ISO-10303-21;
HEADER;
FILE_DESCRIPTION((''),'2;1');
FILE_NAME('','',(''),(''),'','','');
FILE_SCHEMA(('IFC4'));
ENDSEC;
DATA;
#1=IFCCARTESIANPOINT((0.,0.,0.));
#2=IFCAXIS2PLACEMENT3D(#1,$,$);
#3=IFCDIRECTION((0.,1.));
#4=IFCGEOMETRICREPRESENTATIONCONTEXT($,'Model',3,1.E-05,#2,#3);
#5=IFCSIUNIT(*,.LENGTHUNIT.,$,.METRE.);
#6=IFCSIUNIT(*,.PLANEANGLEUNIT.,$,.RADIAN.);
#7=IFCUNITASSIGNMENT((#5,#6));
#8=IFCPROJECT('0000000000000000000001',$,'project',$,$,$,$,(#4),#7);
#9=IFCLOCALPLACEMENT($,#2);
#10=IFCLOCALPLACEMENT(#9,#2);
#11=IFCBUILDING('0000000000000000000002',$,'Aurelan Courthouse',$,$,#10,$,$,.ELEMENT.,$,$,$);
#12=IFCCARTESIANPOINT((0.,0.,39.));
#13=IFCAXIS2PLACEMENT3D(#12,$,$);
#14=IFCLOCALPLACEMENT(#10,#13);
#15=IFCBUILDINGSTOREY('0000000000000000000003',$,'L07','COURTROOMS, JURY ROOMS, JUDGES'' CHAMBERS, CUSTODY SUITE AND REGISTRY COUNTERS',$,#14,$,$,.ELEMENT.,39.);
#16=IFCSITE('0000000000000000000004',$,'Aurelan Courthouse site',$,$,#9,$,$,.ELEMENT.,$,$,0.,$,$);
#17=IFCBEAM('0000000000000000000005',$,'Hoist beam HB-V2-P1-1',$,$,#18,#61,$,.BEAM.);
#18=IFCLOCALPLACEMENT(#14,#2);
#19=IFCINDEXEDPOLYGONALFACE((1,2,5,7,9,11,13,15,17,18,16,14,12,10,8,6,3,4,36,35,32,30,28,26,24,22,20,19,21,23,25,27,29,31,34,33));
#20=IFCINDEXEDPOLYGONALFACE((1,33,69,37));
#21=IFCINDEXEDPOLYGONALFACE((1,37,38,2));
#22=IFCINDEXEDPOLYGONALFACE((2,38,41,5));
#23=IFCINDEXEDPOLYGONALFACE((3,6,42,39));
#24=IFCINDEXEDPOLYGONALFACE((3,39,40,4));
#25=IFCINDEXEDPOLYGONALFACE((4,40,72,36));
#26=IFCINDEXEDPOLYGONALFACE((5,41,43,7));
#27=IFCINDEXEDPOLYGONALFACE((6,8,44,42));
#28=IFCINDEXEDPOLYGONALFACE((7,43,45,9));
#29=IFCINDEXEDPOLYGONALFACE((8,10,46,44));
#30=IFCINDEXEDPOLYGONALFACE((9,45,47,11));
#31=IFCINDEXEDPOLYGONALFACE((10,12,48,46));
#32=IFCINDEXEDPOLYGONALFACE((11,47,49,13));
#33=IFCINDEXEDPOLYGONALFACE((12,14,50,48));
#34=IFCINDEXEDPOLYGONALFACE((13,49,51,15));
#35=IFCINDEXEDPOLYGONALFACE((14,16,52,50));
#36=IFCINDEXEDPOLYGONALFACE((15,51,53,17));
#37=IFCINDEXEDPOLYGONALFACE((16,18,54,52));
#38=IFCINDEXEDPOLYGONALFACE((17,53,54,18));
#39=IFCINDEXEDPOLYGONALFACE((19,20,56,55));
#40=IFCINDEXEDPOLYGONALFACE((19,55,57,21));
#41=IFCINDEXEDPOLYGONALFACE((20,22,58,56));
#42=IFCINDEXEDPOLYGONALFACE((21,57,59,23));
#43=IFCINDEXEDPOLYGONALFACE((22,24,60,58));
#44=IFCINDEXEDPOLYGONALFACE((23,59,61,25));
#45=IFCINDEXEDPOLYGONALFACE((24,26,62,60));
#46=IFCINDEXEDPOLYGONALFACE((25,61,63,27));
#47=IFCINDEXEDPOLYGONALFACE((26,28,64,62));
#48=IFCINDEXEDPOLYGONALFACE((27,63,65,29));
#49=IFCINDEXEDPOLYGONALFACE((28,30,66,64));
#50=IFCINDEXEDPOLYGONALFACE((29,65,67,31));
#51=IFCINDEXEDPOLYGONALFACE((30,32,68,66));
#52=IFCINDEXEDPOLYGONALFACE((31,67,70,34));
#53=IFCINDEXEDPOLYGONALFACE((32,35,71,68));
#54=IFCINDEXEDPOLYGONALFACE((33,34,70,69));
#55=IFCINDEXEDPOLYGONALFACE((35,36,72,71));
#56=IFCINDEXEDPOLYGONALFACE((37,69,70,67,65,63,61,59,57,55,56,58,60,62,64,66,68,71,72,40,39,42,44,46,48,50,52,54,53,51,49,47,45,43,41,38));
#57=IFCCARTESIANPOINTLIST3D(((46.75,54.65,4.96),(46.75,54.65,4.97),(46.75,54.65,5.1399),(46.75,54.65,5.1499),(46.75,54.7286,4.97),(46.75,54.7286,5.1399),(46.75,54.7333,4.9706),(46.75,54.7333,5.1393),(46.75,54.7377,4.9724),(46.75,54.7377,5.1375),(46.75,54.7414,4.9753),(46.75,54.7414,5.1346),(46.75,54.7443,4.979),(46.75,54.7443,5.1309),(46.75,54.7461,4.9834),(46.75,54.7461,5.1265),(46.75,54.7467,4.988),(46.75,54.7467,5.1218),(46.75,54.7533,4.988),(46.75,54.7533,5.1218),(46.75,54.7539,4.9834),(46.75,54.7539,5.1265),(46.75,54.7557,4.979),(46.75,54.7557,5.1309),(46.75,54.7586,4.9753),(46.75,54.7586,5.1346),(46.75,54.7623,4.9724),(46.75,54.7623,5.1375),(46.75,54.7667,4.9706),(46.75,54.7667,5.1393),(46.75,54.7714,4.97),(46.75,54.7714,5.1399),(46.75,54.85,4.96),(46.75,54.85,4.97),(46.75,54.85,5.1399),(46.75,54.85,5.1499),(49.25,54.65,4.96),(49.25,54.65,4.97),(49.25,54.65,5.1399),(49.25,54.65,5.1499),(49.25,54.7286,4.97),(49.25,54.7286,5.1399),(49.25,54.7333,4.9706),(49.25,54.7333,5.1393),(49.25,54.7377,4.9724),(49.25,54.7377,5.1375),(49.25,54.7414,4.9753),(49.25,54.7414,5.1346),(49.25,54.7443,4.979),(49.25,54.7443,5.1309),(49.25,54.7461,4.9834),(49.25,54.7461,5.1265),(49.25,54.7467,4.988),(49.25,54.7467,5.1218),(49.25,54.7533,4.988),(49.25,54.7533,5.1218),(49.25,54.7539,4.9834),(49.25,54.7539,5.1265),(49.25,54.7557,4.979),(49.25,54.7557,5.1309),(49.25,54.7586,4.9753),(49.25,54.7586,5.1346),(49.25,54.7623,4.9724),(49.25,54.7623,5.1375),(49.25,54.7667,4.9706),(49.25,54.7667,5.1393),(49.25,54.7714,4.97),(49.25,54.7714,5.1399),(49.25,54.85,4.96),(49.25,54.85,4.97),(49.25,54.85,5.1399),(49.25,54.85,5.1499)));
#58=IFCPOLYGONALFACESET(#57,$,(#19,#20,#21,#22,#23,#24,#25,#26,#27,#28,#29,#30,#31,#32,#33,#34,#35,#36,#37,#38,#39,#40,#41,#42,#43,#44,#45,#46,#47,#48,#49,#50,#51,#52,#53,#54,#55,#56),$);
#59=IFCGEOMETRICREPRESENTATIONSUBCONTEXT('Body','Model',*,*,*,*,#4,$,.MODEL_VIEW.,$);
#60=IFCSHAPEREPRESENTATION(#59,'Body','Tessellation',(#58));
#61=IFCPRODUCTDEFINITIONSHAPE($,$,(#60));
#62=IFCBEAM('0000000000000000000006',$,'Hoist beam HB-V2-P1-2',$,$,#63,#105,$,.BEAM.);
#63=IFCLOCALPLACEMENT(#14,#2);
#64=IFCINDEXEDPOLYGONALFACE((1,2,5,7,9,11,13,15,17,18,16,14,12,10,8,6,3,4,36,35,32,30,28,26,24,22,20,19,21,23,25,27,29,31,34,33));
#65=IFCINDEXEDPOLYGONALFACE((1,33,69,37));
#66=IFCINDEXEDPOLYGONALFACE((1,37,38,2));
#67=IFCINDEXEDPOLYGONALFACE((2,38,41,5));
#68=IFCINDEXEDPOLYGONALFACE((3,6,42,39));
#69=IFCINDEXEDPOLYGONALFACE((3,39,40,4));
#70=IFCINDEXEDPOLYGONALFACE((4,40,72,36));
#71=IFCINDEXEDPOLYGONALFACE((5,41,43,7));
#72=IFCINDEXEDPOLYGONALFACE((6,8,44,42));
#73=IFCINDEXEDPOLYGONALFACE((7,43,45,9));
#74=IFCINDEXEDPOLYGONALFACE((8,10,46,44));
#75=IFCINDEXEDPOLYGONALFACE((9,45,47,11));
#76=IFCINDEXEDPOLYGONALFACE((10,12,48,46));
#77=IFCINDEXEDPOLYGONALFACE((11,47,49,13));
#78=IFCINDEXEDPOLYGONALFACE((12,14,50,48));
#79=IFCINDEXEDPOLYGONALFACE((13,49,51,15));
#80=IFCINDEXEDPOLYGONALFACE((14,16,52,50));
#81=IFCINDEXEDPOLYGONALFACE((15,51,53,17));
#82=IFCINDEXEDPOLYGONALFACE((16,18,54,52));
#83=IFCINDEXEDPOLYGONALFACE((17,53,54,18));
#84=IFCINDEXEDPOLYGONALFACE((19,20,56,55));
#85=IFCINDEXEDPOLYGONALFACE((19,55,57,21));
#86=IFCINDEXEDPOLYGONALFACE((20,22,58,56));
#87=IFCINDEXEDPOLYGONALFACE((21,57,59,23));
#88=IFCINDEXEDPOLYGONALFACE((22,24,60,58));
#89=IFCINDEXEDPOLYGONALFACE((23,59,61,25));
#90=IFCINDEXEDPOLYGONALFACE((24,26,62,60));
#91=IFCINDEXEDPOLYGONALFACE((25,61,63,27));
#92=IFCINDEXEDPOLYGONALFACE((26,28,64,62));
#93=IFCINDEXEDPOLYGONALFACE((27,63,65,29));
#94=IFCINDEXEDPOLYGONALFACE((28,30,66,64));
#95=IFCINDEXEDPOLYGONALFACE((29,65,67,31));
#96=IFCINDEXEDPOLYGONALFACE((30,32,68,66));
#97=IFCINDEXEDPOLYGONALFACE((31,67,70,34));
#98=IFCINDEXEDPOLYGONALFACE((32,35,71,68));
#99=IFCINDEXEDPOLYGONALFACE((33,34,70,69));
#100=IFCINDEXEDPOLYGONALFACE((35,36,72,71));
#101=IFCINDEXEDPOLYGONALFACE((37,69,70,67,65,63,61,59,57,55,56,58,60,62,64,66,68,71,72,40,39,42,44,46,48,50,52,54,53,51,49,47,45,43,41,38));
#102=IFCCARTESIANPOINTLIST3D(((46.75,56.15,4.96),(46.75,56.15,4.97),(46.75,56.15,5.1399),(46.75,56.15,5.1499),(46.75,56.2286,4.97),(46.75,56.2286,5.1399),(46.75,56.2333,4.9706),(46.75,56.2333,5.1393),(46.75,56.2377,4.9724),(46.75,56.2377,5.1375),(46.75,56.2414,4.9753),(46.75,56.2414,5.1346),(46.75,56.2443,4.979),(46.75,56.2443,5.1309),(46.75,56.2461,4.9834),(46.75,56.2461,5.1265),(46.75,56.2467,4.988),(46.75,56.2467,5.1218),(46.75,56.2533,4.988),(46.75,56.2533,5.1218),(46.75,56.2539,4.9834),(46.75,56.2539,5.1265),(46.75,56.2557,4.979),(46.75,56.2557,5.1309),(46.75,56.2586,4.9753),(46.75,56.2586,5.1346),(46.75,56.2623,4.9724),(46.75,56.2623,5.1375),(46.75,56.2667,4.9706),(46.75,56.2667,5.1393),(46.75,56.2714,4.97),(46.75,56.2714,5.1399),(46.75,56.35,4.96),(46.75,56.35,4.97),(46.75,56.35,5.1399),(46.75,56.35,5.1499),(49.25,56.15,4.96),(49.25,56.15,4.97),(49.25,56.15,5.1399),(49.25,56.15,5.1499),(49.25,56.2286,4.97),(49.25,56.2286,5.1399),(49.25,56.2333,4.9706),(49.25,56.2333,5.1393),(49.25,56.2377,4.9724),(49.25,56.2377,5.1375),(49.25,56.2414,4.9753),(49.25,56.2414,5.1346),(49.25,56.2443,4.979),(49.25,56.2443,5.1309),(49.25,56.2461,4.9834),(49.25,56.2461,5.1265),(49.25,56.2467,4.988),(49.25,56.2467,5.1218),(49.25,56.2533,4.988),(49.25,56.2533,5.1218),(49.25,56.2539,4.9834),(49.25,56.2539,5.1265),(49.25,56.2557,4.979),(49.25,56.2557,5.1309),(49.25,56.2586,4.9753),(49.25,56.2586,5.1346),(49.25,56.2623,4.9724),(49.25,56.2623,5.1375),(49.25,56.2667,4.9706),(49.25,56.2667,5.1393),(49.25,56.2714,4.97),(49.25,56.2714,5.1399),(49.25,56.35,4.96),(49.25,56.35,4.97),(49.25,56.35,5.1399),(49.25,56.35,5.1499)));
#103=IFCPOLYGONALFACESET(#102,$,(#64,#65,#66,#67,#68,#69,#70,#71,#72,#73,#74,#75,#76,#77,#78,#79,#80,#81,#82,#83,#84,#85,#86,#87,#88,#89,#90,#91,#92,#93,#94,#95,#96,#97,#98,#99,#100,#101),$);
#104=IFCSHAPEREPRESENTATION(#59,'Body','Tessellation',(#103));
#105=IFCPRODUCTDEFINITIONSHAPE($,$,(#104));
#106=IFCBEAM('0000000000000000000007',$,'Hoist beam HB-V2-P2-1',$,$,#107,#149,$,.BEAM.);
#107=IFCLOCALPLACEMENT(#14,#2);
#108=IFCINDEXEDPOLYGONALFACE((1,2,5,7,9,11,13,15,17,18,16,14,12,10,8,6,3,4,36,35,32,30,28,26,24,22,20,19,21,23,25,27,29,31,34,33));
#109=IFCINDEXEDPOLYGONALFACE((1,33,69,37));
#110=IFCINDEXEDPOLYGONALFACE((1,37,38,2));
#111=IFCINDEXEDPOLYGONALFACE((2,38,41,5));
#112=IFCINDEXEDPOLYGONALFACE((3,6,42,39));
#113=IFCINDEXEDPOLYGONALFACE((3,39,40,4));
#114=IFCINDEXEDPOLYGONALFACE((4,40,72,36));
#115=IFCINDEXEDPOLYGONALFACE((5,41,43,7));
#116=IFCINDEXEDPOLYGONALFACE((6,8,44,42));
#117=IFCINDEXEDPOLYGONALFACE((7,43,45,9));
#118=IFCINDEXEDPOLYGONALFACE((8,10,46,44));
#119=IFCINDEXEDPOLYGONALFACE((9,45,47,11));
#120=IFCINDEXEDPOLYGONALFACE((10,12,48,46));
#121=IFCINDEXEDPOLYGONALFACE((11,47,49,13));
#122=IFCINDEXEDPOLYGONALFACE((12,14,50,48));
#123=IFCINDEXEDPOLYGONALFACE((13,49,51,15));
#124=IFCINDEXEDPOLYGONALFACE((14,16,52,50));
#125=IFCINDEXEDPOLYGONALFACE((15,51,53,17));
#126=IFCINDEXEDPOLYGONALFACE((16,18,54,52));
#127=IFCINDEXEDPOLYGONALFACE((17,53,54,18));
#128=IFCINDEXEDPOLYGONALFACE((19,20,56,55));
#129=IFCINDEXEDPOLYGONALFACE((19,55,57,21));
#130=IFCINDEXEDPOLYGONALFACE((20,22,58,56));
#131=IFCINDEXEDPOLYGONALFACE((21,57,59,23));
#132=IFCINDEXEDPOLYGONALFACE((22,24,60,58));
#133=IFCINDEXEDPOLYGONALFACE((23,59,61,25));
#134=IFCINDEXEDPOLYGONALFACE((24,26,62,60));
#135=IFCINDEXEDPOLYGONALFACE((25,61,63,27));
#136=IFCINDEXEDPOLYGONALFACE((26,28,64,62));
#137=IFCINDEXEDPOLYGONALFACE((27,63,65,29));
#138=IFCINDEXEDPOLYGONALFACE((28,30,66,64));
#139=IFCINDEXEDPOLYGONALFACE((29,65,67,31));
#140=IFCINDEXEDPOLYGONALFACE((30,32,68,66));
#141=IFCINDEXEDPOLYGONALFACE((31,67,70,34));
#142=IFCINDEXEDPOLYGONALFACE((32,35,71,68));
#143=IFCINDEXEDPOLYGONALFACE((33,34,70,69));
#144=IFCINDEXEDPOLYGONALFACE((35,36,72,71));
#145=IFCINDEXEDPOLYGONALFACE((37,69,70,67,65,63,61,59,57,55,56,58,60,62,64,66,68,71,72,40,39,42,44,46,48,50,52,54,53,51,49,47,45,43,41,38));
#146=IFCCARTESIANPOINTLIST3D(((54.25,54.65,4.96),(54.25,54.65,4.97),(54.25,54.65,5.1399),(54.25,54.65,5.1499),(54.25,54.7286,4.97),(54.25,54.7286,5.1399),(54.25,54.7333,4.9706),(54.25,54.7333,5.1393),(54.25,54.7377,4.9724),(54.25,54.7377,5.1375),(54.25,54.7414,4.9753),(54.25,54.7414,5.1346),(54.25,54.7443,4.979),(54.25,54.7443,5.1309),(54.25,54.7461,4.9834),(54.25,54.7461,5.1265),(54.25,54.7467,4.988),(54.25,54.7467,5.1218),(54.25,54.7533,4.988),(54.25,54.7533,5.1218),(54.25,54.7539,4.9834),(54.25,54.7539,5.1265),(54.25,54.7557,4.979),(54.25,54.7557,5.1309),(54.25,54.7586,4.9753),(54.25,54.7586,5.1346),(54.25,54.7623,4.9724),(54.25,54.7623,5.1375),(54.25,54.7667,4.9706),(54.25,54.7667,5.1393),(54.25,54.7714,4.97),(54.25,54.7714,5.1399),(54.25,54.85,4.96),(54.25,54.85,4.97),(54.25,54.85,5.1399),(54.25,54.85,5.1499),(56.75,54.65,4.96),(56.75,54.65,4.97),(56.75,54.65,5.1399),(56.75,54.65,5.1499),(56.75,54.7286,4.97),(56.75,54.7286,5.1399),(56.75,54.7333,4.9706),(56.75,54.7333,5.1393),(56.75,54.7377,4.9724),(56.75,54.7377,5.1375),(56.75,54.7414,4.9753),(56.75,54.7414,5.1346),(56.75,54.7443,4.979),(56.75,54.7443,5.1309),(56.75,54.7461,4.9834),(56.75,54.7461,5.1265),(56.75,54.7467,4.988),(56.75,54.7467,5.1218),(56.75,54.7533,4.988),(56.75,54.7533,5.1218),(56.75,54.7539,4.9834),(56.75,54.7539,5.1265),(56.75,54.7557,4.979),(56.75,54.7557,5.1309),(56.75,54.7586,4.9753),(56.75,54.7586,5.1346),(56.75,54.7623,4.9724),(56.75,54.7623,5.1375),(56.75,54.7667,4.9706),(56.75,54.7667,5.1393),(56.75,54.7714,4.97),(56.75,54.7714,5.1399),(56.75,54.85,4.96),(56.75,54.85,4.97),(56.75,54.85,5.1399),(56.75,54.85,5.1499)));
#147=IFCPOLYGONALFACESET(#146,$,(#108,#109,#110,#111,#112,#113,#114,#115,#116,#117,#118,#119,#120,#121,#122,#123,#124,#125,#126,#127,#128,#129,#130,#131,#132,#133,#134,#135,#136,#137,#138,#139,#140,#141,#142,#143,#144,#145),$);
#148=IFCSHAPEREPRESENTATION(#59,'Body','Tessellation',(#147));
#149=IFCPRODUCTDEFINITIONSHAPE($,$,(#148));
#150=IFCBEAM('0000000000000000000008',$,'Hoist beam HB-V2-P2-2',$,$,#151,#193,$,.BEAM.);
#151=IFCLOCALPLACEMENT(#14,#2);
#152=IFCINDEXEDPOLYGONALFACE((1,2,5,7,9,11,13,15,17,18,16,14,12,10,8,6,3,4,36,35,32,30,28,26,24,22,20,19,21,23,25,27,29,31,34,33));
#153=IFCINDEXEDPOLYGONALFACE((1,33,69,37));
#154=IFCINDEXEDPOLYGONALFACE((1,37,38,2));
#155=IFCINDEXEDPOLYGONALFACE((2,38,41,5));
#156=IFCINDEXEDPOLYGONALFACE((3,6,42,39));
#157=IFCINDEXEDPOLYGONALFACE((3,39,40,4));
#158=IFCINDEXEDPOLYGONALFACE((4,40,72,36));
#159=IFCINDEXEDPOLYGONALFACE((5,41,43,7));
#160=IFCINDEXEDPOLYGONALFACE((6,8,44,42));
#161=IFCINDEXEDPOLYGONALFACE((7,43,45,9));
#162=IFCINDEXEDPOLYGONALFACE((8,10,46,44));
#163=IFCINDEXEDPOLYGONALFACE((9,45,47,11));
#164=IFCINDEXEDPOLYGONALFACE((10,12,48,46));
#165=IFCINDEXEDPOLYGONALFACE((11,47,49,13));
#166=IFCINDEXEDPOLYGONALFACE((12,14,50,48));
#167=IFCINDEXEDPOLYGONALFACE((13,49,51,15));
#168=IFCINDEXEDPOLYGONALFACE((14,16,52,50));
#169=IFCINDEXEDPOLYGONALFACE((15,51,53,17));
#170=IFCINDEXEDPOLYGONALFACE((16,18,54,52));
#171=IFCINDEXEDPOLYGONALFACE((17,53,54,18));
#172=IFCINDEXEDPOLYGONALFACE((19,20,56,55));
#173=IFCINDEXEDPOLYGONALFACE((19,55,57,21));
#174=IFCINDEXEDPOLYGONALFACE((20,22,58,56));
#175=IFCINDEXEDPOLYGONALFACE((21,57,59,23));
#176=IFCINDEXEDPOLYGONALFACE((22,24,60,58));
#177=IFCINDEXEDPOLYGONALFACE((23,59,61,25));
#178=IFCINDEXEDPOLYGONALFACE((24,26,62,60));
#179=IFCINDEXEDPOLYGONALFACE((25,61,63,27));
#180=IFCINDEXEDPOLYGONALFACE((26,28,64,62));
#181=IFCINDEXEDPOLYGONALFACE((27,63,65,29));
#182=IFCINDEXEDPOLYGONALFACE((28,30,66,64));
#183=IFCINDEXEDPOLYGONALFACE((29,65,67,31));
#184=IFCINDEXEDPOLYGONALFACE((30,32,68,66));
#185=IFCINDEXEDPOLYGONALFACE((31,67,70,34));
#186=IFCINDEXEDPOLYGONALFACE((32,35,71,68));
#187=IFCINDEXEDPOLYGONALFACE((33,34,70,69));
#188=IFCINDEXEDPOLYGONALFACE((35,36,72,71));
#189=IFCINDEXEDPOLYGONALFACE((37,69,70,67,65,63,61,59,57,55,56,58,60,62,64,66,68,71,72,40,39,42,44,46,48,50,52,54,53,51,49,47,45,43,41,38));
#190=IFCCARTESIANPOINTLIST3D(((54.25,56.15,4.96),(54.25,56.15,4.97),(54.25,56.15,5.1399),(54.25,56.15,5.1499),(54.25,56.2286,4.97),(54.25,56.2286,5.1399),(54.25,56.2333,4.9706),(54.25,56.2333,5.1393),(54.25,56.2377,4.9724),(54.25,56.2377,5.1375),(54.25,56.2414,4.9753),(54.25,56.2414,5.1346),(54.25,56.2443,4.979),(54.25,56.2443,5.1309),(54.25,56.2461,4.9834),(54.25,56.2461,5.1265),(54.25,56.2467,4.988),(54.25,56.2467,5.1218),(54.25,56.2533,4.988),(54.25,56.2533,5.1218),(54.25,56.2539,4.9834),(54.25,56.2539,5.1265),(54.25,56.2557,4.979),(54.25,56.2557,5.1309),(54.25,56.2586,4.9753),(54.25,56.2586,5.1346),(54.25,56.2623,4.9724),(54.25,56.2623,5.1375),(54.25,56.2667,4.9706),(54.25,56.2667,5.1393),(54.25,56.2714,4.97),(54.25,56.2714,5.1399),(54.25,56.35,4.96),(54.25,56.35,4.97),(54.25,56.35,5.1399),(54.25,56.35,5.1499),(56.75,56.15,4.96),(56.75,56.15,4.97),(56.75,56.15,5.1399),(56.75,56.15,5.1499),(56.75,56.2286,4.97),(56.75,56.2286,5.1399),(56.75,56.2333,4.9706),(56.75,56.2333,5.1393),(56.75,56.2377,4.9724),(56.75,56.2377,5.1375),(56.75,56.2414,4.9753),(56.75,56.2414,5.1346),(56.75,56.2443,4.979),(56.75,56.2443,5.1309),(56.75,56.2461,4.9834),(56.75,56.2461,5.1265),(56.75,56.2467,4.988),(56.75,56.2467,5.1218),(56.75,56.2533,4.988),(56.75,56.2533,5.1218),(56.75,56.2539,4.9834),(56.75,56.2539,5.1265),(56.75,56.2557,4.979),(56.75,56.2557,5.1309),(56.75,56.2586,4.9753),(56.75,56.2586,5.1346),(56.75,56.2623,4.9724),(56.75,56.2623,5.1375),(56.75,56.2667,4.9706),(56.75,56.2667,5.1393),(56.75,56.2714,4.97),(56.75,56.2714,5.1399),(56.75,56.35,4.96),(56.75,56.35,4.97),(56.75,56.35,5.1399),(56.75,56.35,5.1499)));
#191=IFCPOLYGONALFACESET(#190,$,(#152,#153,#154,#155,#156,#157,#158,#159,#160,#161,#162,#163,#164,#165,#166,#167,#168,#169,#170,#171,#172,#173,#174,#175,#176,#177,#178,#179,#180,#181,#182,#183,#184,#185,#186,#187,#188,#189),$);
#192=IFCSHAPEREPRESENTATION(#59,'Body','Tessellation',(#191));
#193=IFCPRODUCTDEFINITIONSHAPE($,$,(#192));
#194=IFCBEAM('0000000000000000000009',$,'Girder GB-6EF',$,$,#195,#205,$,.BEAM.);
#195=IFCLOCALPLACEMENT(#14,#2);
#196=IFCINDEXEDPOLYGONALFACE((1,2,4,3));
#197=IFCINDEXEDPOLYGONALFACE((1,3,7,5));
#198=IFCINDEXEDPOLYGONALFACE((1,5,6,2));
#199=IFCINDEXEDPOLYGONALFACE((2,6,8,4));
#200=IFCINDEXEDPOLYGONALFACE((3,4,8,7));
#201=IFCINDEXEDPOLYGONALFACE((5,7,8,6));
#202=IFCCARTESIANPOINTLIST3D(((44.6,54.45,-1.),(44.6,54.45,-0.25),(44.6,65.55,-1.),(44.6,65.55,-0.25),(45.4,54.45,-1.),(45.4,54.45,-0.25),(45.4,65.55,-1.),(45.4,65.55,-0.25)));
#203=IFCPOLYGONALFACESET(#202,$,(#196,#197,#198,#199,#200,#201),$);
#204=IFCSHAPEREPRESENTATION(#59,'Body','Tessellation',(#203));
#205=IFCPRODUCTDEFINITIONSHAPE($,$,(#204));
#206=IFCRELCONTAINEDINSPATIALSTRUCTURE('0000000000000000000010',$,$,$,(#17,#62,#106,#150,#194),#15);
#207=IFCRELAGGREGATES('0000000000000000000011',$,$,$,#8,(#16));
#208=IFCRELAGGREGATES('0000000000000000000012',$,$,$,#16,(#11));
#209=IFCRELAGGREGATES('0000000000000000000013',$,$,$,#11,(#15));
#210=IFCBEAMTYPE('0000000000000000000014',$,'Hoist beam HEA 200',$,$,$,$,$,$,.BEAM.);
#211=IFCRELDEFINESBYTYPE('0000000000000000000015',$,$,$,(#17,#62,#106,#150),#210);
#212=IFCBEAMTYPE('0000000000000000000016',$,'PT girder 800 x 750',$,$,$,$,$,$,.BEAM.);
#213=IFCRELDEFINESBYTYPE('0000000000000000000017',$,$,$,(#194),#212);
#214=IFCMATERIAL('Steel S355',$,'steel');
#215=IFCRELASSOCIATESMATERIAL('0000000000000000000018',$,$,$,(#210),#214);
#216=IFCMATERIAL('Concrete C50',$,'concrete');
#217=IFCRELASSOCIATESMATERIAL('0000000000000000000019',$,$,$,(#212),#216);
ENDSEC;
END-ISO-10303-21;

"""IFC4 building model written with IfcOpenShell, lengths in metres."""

from ifc_helpers import new_model, si_unit, direction, frame, origin, origin_2d, place, context, subcontext, project, spatial, rectangle, i_section, extrude, material, material_profile, profile_set, type_object, element, save


model = new_model("IFC4")

# Units and contexts
model_context = context("Model", 3, precision=1e-05, world=origin(), true_north=direction((0.0, 1.0)))
body_context = subcontext(model_context, "Body", "Model", "MODEL_VIEW")
ifc_project = project(units=[si_unit("LENGTHUNIT", "METRE"), si_unit("PLANEANGLEUNIT", "RADIAN")], contexts=[model_context])

# Site, building, storey
site_placement = place(None, origin())
site = spatial("IfcSite", under=ifc_project, at=site_placement, Name="Aurelan Courthouse site", CompositionType="ELEMENT", RefElevation=0.0)
building_placement = place(site_placement, origin())
building = spatial("IfcBuilding", under=site, at=building_placement, Name="Aurelan Courthouse", CompositionType="ELEMENT")
storey_placement = place(building_placement, frame((0.0, 0.0, 39.0)))
storey = spatial("IfcBuildingStorey", under=building, at=storey_placement, Name="L07", Description="COURTROOMS, JURY ROOMS, JUDGES' CHAMBERS, CUSTODY SUITE AND REGISTRY COUNTERS", CompositionType="ELEMENT", Elevation=39.0)

# Beams
ifc_material_1 = material(Name="Steel S355", Category="steel")
ifc_material_profile_1 = material_profile(ifc_material_1, i_section(OverallWidth=0.2, OverallDepth=0.1899, WebThickness=0.0066, FlangeThickness=0.01, FilletRadius=0.0181, at=origin_2d()), Name="HEA 200")
ifc_profile_set_1 = profile_set([ifc_material_profile_1], Name="Steel S355")
beam_type_1 = type_object("IfcBeamType", Name="Hoist beam HEA 200", PredefinedType="BEAM", material=ifc_profile_set_1)
for number, where, z_axis, x_axis, name in (
    (1, (46.75, 54.75, 5.0549), (1.0, 0.0, 0.0), (0.0, 1.0, 0.0), "Hoist beam HB-V2-P1-1"),
    (2, (46.75, 56.25, 5.0549), (1.0, 0.0, 0.0), (0.0, 1.0, 0.0), "Hoist beam HB-V2-P1-2"),
    (3, (54.25, 54.75, 5.0549), (1.0, 0.0, 0.0), (0.0, 1.0, 0.0), "Hoist beam HB-V2-P2-1"),
    (4, (54.25, 56.25, 5.0549), (1.0, 0.0, 0.0), (0.0, 1.0, 0.0), "Hoist beam HB-V2-P2-2"),
):
    element("IfcBeam", number, at=place(storey_placement, frame(where, z_axis=z_axis, x_axis=x_axis)), inside=storey, type_object=beam_type_1, Name=name, PredefinedType="BEAM", context=body_context, shape_type="SweptSolid", body=[
        extrude(i_section(OverallWidth=0.2, OverallDepth=0.1899, WebThickness=0.0066, FlangeThickness=0.01, FilletRadius=0.0181, at=origin_2d()), origin(), (0.0, 0.0, 1.0), 2.5),
    ])
ifc_material_2 = material(Name="Concrete C50", Category="concrete")
ifc_material_profile_2 = material_profile(ifc_material_2, rectangle(XDim=0.8, YDim=0.75, at=origin_2d()), Name="RC 800 x 750")
ifc_profile_set_2 = profile_set([ifc_material_profile_2], Name="Concrete C50")
beam_type_2 = type_object("IfcBeamType", Name="PT girder 800 x 750", PredefinedType="BEAM", material=ifc_profile_set_2)
beam_1_placement = place(storey_placement, frame((45.0, 54.45, -0.625), z_axis=(0.0, 1.0, 0.0), x_axis=(-1.0, 0.0, 0.0)))
element("IfcBeam", 5, at=beam_1_placement, inside=storey, type_object=beam_type_2, Name="Girder GB-6EF", PredefinedType="BEAM", context=body_context, shape_type="SweptSolid", body=[
    extrude(rectangle(XDim=0.8, YDim=0.75, at=origin_2d()), origin(), (0.0, 0.0, 1.0), 11.1001),
])

save(model, "model.ifc")
